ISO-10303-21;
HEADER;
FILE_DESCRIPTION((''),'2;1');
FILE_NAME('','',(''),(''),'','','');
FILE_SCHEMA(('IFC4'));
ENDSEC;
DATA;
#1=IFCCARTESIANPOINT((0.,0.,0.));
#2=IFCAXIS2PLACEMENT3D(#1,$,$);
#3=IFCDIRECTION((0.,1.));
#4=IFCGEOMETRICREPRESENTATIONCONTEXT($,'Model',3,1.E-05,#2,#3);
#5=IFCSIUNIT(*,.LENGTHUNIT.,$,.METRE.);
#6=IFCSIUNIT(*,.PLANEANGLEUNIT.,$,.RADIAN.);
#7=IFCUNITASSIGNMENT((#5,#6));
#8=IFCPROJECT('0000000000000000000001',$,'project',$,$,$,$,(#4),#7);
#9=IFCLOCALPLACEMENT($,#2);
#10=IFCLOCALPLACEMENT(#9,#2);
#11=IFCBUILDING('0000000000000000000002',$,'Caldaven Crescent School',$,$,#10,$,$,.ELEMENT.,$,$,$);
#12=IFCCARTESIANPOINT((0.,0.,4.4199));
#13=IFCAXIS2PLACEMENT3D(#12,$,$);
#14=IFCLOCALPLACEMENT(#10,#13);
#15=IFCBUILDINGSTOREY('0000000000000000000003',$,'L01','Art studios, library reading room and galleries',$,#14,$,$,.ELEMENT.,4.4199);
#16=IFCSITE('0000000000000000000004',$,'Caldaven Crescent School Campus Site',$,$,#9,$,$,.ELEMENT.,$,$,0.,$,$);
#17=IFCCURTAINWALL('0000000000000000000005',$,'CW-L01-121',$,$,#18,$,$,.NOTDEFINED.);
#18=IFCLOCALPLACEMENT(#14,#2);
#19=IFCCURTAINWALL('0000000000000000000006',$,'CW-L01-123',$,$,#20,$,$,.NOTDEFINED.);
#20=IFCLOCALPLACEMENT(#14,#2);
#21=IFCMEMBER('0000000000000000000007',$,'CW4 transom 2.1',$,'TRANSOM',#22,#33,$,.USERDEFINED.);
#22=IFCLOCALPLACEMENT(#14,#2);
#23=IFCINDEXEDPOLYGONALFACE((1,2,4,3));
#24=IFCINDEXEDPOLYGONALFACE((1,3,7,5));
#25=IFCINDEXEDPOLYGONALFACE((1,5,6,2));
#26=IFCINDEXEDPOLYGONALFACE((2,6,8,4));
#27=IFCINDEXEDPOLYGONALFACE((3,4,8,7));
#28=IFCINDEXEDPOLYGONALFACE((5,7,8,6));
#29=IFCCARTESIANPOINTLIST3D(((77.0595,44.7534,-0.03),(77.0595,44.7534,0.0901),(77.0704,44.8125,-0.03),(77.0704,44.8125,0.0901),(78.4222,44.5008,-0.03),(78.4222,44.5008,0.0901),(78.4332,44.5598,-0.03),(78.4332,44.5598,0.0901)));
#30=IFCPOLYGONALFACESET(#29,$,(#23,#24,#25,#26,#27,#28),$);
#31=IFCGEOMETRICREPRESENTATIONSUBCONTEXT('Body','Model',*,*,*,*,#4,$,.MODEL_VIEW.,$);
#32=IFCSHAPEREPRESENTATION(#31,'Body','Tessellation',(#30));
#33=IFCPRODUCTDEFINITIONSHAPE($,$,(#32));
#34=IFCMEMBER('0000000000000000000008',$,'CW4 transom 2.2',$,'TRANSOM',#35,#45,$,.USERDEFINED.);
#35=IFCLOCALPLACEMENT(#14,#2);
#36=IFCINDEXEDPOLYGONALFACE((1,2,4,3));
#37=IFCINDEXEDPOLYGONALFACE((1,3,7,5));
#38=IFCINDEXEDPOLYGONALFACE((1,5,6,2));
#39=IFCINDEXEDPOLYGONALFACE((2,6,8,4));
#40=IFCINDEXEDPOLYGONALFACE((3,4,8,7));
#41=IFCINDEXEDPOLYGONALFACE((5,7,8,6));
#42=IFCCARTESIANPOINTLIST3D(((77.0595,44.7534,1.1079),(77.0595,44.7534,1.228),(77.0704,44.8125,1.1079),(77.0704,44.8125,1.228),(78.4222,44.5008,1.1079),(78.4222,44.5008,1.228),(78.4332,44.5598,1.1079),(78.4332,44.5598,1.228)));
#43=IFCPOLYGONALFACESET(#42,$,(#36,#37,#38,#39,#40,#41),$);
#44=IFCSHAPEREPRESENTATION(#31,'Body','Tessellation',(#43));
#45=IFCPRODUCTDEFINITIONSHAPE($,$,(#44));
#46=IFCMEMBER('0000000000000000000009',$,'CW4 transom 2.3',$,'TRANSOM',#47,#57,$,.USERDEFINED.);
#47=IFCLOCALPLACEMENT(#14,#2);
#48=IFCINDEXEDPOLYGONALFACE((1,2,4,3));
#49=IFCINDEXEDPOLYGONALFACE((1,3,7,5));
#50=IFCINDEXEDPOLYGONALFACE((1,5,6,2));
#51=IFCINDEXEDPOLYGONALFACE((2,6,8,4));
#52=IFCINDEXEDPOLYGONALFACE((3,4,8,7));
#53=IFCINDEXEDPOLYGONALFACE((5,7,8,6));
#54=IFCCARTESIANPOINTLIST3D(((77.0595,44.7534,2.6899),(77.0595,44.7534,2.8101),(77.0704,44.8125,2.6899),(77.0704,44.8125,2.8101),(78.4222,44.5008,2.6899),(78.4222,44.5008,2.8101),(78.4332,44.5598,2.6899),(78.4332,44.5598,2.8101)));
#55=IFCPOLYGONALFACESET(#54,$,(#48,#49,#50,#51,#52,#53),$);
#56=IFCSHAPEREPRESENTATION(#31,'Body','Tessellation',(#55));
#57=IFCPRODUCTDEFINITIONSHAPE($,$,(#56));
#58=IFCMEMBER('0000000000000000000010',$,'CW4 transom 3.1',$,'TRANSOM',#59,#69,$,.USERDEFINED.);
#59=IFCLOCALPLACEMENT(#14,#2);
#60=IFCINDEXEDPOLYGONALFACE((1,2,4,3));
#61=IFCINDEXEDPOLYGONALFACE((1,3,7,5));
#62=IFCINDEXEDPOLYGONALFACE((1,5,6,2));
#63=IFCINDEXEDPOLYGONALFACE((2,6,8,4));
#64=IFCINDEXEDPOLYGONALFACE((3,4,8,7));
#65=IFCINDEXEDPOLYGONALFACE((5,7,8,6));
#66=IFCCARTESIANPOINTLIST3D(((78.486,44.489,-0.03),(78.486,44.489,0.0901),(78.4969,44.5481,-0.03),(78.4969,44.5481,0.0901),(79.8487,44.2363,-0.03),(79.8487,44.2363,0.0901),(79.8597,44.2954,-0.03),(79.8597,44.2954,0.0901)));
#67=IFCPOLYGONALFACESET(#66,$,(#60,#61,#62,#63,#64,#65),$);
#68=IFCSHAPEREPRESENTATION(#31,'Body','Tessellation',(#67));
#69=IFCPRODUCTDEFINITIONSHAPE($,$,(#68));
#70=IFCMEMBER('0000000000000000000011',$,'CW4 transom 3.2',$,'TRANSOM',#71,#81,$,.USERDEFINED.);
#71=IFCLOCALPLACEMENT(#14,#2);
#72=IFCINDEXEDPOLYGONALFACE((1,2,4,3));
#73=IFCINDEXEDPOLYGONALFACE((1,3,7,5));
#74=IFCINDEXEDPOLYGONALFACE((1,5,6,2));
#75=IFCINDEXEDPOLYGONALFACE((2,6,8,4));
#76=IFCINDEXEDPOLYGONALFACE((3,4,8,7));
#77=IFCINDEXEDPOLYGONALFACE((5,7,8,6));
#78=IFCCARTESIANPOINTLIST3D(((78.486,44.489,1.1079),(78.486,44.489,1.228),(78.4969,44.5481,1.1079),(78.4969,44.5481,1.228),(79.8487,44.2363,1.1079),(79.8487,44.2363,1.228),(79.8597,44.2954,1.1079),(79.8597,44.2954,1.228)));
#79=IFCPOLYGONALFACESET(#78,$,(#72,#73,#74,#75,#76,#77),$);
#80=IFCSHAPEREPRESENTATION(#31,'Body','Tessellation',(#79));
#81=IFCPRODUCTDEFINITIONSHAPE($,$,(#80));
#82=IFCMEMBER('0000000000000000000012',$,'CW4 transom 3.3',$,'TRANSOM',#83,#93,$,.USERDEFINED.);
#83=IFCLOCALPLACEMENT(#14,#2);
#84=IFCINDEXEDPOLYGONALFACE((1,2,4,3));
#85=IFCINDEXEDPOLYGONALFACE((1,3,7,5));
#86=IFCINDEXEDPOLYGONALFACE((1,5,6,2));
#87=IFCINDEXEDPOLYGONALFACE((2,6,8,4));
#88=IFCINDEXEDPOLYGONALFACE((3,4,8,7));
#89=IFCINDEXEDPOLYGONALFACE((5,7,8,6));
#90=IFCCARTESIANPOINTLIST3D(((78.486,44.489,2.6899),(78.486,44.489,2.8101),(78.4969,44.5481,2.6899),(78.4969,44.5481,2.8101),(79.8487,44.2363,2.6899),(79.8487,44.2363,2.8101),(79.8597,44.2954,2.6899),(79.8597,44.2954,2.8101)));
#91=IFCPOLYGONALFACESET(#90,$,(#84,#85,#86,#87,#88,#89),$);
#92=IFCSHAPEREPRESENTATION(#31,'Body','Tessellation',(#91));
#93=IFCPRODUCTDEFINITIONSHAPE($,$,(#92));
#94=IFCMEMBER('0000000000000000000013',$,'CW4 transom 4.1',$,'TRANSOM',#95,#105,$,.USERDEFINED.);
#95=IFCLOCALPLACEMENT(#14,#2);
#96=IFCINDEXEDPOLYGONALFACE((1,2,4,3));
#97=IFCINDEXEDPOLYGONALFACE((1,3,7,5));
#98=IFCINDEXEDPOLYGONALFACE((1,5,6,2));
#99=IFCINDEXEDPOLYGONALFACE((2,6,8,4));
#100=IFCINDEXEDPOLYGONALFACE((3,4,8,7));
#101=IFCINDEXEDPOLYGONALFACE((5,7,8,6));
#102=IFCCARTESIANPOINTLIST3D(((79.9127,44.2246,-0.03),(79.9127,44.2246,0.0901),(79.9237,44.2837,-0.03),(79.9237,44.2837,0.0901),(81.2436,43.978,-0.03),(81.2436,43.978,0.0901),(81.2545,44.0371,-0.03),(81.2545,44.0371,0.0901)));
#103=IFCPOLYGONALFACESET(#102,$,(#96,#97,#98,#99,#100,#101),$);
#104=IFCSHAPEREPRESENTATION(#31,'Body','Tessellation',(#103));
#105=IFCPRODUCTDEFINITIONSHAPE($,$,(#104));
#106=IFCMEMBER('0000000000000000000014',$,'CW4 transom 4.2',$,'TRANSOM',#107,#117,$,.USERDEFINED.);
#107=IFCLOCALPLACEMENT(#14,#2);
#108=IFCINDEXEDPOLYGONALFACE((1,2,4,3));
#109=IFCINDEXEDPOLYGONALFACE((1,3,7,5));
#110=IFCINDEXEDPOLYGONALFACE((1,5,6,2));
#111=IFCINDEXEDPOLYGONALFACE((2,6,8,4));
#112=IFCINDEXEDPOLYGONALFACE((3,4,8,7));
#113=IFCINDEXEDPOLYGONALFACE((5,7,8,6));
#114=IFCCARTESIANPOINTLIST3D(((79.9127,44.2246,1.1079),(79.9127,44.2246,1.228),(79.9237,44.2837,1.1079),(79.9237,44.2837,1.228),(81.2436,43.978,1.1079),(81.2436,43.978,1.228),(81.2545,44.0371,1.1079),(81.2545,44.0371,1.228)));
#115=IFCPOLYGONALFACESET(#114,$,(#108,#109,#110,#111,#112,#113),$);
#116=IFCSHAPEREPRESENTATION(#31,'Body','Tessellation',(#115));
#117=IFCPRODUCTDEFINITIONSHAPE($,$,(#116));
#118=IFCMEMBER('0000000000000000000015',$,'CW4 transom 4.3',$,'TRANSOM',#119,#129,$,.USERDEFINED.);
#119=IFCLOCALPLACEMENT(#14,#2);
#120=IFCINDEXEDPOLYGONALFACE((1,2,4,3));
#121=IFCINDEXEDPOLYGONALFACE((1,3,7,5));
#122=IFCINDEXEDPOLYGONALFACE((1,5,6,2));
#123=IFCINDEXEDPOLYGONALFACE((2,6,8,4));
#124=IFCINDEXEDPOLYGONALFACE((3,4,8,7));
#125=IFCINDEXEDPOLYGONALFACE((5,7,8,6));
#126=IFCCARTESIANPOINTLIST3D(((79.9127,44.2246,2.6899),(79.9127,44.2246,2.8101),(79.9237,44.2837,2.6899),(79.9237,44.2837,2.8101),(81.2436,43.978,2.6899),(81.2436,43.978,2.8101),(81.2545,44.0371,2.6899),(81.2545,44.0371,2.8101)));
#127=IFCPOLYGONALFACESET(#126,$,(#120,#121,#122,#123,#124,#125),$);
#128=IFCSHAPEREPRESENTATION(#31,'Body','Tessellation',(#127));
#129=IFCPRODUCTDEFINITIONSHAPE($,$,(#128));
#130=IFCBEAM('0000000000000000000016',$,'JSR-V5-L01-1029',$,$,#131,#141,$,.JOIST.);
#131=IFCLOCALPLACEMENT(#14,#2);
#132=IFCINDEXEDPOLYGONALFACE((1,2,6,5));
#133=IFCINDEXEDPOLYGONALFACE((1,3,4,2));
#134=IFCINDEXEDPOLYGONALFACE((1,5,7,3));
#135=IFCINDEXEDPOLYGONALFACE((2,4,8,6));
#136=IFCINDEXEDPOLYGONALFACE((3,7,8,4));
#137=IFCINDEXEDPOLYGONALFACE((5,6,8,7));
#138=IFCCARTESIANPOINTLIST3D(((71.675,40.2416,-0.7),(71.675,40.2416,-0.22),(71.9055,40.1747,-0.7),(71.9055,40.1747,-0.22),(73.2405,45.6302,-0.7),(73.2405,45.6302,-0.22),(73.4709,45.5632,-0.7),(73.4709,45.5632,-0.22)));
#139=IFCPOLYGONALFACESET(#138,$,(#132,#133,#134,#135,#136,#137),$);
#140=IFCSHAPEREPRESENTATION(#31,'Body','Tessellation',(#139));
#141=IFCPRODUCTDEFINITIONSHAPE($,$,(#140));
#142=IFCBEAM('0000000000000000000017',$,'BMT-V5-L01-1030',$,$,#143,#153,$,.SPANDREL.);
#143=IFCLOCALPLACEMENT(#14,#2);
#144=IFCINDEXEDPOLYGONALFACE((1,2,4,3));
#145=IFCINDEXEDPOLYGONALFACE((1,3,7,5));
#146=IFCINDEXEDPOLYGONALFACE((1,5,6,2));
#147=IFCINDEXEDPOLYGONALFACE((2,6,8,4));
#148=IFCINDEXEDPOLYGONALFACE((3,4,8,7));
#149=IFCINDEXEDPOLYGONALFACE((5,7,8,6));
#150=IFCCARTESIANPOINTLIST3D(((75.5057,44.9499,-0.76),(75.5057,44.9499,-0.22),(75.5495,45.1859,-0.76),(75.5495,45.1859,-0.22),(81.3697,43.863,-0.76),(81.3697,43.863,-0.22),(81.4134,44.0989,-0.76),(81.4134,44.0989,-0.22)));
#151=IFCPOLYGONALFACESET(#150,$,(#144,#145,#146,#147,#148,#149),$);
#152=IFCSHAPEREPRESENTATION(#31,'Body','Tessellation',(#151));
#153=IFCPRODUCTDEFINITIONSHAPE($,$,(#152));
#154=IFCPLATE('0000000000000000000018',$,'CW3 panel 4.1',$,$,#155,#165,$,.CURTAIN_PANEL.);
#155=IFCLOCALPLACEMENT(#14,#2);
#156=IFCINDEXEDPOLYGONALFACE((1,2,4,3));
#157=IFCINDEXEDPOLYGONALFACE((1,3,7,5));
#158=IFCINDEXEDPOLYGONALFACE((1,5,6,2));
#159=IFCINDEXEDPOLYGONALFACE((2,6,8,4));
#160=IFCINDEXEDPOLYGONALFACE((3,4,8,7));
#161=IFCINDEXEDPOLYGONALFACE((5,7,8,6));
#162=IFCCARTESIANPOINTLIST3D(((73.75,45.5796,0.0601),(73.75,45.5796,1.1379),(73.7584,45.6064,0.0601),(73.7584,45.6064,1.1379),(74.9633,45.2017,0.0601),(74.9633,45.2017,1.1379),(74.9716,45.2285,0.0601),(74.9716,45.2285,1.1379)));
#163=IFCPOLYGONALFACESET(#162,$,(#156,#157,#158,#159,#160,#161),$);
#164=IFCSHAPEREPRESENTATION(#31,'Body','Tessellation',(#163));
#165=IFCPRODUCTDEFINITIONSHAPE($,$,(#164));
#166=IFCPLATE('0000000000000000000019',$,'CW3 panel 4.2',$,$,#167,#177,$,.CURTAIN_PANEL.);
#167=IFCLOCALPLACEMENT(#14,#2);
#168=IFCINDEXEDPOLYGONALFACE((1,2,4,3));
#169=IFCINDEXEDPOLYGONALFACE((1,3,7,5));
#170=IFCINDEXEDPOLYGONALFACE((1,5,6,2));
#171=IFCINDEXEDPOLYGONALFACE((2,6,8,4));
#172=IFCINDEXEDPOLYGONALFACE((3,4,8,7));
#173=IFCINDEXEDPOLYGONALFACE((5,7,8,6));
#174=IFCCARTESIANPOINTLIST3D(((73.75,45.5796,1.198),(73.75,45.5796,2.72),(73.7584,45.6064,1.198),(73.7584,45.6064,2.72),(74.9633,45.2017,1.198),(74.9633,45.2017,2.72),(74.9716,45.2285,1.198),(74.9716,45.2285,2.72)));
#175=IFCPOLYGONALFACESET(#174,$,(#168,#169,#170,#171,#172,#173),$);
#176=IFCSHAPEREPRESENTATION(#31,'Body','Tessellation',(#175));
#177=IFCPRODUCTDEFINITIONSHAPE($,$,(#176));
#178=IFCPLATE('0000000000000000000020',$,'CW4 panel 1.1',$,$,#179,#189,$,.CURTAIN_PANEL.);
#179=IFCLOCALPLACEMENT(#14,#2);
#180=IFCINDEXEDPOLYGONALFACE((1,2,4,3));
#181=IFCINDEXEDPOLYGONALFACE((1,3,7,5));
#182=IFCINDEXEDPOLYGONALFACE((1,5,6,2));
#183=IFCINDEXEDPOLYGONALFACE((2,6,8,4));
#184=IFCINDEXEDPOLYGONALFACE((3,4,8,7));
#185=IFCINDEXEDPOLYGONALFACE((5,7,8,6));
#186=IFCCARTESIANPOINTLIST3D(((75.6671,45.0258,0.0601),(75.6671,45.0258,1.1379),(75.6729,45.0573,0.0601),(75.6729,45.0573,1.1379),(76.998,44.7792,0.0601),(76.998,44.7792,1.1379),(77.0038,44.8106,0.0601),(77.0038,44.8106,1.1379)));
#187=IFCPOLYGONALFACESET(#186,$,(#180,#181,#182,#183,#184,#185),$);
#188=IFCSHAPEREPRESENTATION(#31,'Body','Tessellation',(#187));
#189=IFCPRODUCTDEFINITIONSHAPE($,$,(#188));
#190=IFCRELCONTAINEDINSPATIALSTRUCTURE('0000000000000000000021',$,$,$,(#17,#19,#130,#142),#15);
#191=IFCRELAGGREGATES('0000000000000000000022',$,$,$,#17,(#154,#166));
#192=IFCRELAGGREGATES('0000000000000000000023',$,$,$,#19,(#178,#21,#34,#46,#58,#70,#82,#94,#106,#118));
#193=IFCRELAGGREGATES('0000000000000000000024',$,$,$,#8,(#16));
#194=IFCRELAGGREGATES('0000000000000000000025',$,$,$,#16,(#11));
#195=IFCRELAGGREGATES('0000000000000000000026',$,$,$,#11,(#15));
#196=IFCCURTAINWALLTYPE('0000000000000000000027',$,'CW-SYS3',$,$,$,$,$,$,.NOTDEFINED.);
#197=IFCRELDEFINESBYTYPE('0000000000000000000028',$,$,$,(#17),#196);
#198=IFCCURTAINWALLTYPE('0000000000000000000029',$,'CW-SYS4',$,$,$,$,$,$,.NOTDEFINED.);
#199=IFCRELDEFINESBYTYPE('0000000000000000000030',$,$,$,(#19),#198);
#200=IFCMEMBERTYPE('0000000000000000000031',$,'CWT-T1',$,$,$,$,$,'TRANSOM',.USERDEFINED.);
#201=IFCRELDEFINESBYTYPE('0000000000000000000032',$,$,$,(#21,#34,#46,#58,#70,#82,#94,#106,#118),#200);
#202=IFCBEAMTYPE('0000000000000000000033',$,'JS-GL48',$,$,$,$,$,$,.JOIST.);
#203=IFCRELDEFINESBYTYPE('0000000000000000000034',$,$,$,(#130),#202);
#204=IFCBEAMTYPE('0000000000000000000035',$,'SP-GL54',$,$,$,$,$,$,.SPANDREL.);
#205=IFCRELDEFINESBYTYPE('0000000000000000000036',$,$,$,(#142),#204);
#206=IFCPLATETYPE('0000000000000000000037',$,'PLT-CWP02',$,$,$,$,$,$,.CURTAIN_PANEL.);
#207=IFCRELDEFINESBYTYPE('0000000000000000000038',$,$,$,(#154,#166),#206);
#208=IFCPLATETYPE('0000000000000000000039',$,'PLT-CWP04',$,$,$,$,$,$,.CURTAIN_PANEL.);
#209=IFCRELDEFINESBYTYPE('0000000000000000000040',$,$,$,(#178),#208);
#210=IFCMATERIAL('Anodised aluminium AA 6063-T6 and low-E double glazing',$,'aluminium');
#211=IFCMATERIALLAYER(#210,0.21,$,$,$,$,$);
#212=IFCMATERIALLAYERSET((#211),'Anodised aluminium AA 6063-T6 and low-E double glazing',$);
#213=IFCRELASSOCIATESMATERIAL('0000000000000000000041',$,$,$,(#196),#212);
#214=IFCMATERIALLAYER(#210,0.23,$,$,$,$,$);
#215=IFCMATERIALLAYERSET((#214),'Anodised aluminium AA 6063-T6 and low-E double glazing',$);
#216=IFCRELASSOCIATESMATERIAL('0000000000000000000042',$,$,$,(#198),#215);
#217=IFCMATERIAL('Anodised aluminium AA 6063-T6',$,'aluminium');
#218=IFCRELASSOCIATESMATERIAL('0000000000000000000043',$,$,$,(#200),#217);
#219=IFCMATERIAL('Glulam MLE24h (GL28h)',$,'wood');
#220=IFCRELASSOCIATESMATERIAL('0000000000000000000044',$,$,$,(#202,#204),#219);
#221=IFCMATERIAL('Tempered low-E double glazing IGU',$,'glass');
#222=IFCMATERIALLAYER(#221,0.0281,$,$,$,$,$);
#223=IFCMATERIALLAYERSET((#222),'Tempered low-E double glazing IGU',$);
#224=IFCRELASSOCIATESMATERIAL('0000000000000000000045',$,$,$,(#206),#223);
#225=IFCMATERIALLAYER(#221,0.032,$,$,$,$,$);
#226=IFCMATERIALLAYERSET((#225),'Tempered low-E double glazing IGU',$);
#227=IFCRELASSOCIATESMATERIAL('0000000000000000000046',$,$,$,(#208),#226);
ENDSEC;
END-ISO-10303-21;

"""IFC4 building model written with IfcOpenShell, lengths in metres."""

from ifc_helpers import new_model, si_unit, direction, frame, origin, origin_2d, place, context, subcontext, project, spatial, rectangle, extrude, material, layer, layer_set, material_profile, profile_set, type_object, element, aggregate, save


model = new_model("IFC4")

# Units and contexts
model_context = context("Model", 3, precision=1e-05, world=origin(), true_north=direction((0.0, 1.0)))
body_context = subcontext(model_context, "Body", "Model", "MODEL_VIEW")
ifc_project = project(units=[si_unit("LENGTHUNIT", "METRE"), si_unit("PLANEANGLEUNIT", "RADIAN")], contexts=[model_context])

# Site, building, storey
site_placement = place(None, origin())
site = spatial("IfcSite", under=ifc_project, at=site_placement, Name="Caldaven Crescent School Campus Site", CompositionType="ELEMENT", RefElevation=0.0)
building_placement = place(site_placement, origin())
building = spatial("IfcBuilding", under=site, at=building_placement, Name="Caldaven Crescent School", CompositionType="ELEMENT")
storey_placement = place(building_placement, frame((0.0, 0.0, 4.4199)))
storey = spatial("IfcBuildingStorey", under=building, at=storey_placement, Name="L01", Description="Art studios, library reading room and galleries", CompositionType="ELEMENT", Elevation=4.4199)

# Shared definitions
ifc_material_1 = material(Name="Glulam MLE24h (GL28h)", Category="wood")

# Curtain walls
ifc_material_2 = material(Name="Anodised aluminium AA 6063-T6 and low-E double glazing", Category="aluminium")
ifc_layer_1 = layer(ifc_material_2, 0.21)
ifc_layer_set_1 = layer_set([ifc_layer_1], Name="Anodised aluminium AA 6063-T6 and low-E double glazing")
curtain_wall_type_1 = type_object("IfcCurtainWallType", Name="CW-SYS3", PredefinedType="NOTDEFINED", material=ifc_layer_set_1)
curtain_wall_1_placement = place(storey_placement, origin())
curtain_wall_1 = element("IfcCurtainWall", 1, at=curtain_wall_1_placement, inside=storey, type_object=curtain_wall_type_1, Name="CW-L01-121", PredefinedType="NOTDEFINED")
ifc_material_3 = material(Name="Anodised aluminium AA 6063-T6", Category="aluminium")
ifc_layer_2 = layer(ifc_material_2, 0.23)
ifc_layer_set_2 = layer_set([ifc_layer_2], Name="Anodised aluminium AA 6063-T6 and low-E double glazing")
curtain_wall_type_2 = type_object("IfcCurtainWallType", Name="CW-SYS4", PredefinedType="NOTDEFINED", material=ifc_layer_set_2)
curtain_wall_2_placement = place(storey_placement, origin())
curtain_wall_2 = element("IfcCurtainWall", 2, at=curtain_wall_2_placement, inside=storey, type_object=curtain_wall_type_2, Name="CW-L01-123", PredefinedType="NOTDEFINED")

# Members
ifc_material_profile_1 = material_profile(ifc_material_3, rectangle(XDim=0.0601, YDim=0.1201, at=origin_2d()), Name="CWT 60x120")
ifc_profile_set_1 = profile_set([ifc_material_profile_1], Name="Anodised aluminium AA 6063-T6")
member_type_1 = type_object("IfcMemberType", Name="CWT-T1", ElementType="TRANSOM", PredefinedType="USERDEFINED", material=ifc_profile_set_1)
member_1_placement = place(storey_placement, frame((77.0649, 44.783, 0.03), z_axis=(0.983241, -0.18231, 0.0), x_axis=(0.18231, 0.983241, 0.0)))
member_1 = element("IfcMember", 3, at=member_1_placement, type_object=member_type_1, Name="CW4 transom 2.1", ObjectType="TRANSOM", PredefinedType="USERDEFINED", context=body_context, shape_type="SweptSolid", body=[
    extrude(rectangle(XDim=0.0601, YDim=0.1201, at=origin_2d()), origin(), (0.0, 0.0, 1.0), 1.386),
])
member_2_placement = place(storey_placement, frame((77.0649, 44.783, 1.168), z_axis=(0.983241, -0.18231, 0.0), x_axis=(0.18231, 0.983241, 0.0)))
member_2 = element("IfcMember", 4, at=member_2_placement, type_object=member_type_1, Name="CW4 transom 2.2", ObjectType="TRANSOM", PredefinedType="USERDEFINED", context=body_context, shape_type="SweptSolid", body=[
    extrude(rectangle(XDim=0.0601, YDim=0.1201, at=origin_2d()), origin(), (0.0, 0.0, 1.0), 1.386),
])
member_3_placement = place(storey_placement, frame((77.0649, 44.783, 2.75), z_axis=(0.983241, -0.18231, 0.0), x_axis=(0.18231, 0.983241, 0.0)))
member_3 = element("IfcMember", 5, at=member_3_placement, type_object=member_type_1, Name="CW4 transom 2.3", ObjectType="TRANSOM", PredefinedType="USERDEFINED", context=body_context, shape_type="SweptSolid", body=[
    extrude(rectangle(XDim=0.0601, YDim=0.1201, at=origin_2d()), origin(), (0.0, 0.0, 1.0), 1.386),
])
member_4_placement = place(storey_placement, frame((78.4915, 44.5186, 0.03), z_axis=(0.983241, -0.18231, 0.0), x_axis=(0.18231, 0.983241, 0.0)))
member_4 = element("IfcMember", 6, at=member_4_placement, type_object=member_type_1, Name="CW4 transom 3.1", ObjectType="TRANSOM", PredefinedType="USERDEFINED", context=body_context, shape_type="SweptSolid", body=[
    extrude(rectangle(XDim=0.0601, YDim=0.1201, at=origin_2d()), origin(), (0.0, 0.0, 1.0), 1.386),
])
member_5_placement = place(storey_placement, frame((78.4915, 44.5186, 1.168), z_axis=(0.983241, -0.18231, 0.0), x_axis=(0.18231, 0.983241, 0.0)))
member_5 = element("IfcMember", 7, at=member_5_placement, type_object=member_type_1, Name="CW4 transom 3.2", ObjectType="TRANSOM", PredefinedType="USERDEFINED", context=body_context, shape_type="SweptSolid", body=[
    extrude(rectangle(XDim=0.0601, YDim=0.1201, at=origin_2d()), origin(), (0.0, 0.0, 1.0), 1.386),
])
member_6_placement = place(storey_placement, frame((78.4915, 44.5186, 2.75), z_axis=(0.983241, -0.18231, 0.0), x_axis=(0.18231, 0.983241, 0.0)))
member_6 = element("IfcMember", 8, at=member_6_placement, type_object=member_type_1, Name="CW4 transom 3.3", ObjectType="TRANSOM", PredefinedType="USERDEFINED", context=body_context, shape_type="SweptSolid", body=[
    extrude(rectangle(XDim=0.0601, YDim=0.1201, at=origin_2d()), origin(), (0.0, 0.0, 1.0), 1.386),
])
member_7_placement = place(storey_placement, frame((79.9182, 44.2542, 0.03), z_axis=(0.983264, -0.182186, 0.0), x_axis=(0.182186, 0.983264, 0.0)))
member_7 = element("IfcMember", 9, at=member_7_placement, type_object=member_type_1, Name="CW4 transom 4.1", ObjectType="TRANSOM", PredefinedType="USERDEFINED", context=body_context, shape_type="SweptSolid", body=[
    extrude(rectangle(XDim=0.0601, YDim=0.1201, at=origin_2d()), origin(), (0.0, 0.0, 1.0), 1.3535),
])
member_8_placement = place(storey_placement, frame((79.9182, 44.2542, 1.168), z_axis=(0.983264, -0.182186, 0.0), x_axis=(0.182186, 0.983264, 0.0)))
member_8 = element("IfcMember", 10, at=member_8_placement, type_object=member_type_1, Name="CW4 transom 4.2", ObjectType="TRANSOM", PredefinedType="USERDEFINED", context=body_context, shape_type="SweptSolid", body=[
    extrude(rectangle(XDim=0.0601, YDim=0.1201, at=origin_2d()), origin(), (0.0, 0.0, 1.0), 1.3535),
])
member_9_placement = place(storey_placement, frame((79.9182, 44.2542, 2.75), z_axis=(0.983264, -0.182186, 0.0), x_axis=(0.182186, 0.983264, 0.0)))
member_9 = element("IfcMember", 11, at=member_9_placement, type_object=member_type_1, Name="CW4 transom 4.3", ObjectType="TRANSOM", PredefinedType="USERDEFINED", context=body_context, shape_type="SweptSolid", body=[
    extrude(rectangle(XDim=0.0601, YDim=0.1201, at=origin_2d()), origin(), (0.0, 0.0, 1.0), 1.3535),
])

# Beams
ifc_material_profile_2 = material_profile(ifc_material_1, rectangle(XDim=0.24, YDim=0.48, at=origin_2d()), Name="MLE 240x480")
ifc_profile_set_2 = profile_set([ifc_material_profile_2], Name="Glulam MLE24h (GL28h)")
beam_type_1 = type_object("IfcBeamType", Name="JS-GL48", PredefinedType="JOIST", material=ifc_profile_set_2)
beam_1_placement = place(storey_placement, frame((73.3557, 45.5967, -0.46), z_axis=(-0.278982, -0.960296, 0.0), x_axis=(0.960296, -0.278982, 0.0)))
element("IfcBeam", 12, at=beam_1_placement, inside=storey, type_object=beam_type_1, Name="JSR-V5-L01-1029", PredefinedType="JOIST", context=body_context, shape_type="SweptSolid", body=[
    extrude(rectangle(XDim=0.24, YDim=0.48, at=origin_2d()), origin(), (0.0, 0.0, 1.0), 5.6113),
])
ifc_material_profile_3 = material_profile(ifc_material_1, rectangle(XDim=0.24, YDim=0.54, at=origin_2d()), Name="MLE 240x540")
ifc_profile_set_3 = profile_set([ifc_material_profile_3], Name="Glulam MLE24h (GL28h)")
beam_type_2 = type_object("IfcBeamType", Name="SP-GL54", PredefinedType="SPANDREL", material=ifc_profile_set_3)
beam_2_placement = place(storey_placement, frame((75.5276, 45.0679, -0.49), z_axis=(0.983252, -0.182249, 0.0), x_axis=(0.182249, 0.983252, 0.0)))
element("IfcBeam", 13, at=beam_2_placement, inside=storey, type_object=beam_type_2, Name="BMT-V5-L01-1030", PredefinedType="SPANDREL", context=body_context, shape_type="SweptSolid", body=[
    extrude(rectangle(XDim=0.24, YDim=0.54, at=origin_2d()), origin(), (0.0, 0.0, 1.0), 5.9639),
])

# Plates
ifc_material_4 = material(Name="Tempered low-E double glazing IGU", Category="glass")
ifc_layer_3 = layer(ifc_material_4, 0.0281)
ifc_layer_set_3 = layer_set([ifc_layer_3], Name="Tempered low-E double glazing IGU")
plate_type_1 = type_object("IfcPlateType", Name="PLT-CWP02", PredefinedType="CURTAIN_PANEL", material=ifc_layer_set_3)
plate_1_placement = place(storey_placement, frame((74.3608, 45.4041, 0.0601), z_axis=(0.0, 0.0, 1.0), x_axis=(0.954747, -0.29742, 0.0)))
plate_1 = element("IfcPlate", 14, at=plate_1_placement, type_object=plate_type_1, Name="CW3 panel 4.1", PredefinedType="CURTAIN_PANEL", context=body_context, shape_type="SweptSolid", body=[
    extrude(rectangle(XDim=1.2708, YDim=0.0281, at=origin_2d()), origin(), (0.0, 0.0, 1.0), 1.0779),
])
plate_2_placement = place(storey_placement, frame((74.3608, 45.4041, 1.198), z_axis=(0.0, 0.0, 1.0), x_axis=(0.954747, -0.29742, 0.0)))
plate_2 = element("IfcPlate", 15, at=plate_2_placement, type_object=plate_type_1, Name="CW3 panel 4.2", PredefinedType="CURTAIN_PANEL", context=body_context, shape_type="SweptSolid", body=[
    extrude(rectangle(XDim=1.2708, YDim=0.0281, at=origin_2d()), origin(), (0.0, 0.0, 1.0), 1.522),
])
aggregate(curtain_wall_1, [plate_1, plate_2])
ifc_layer_4 = layer(ifc_material_4, 0.032)
ifc_layer_set_4 = layer_set([ifc_layer_4], Name="Tempered low-E double glazing IGU")
plate_type_2 = type_object("IfcPlateType", Name="PLT-CWP04", PredefinedType="CURTAIN_PANEL", material=ifc_layer_set_4)
plate_3_placement = place(storey_placement, frame((76.3354, 44.9182, 0.0601), z_axis=(0.0, 0.0, 1.0), x_axis=(0.983255, -0.182236, 0.0)))
plate_3 = element("IfcPlate", 16, at=plate_3_placement, type_object=plate_type_2, Name="CW4 panel 1.1", PredefinedType="CURTAIN_PANEL", context=body_context, shape_type="SweptSolid", body=[
    extrude(rectangle(XDim=1.3535, YDim=0.032, at=origin_2d()), origin(), (0.0, 0.0, 1.0), 1.0779),
])
aggregate(curtain_wall_2, [plate_3, member_1, member_2, member_3, member_4, member_5, member_6, member_7, member_8, member_9])

save(model, "model.ifc")
